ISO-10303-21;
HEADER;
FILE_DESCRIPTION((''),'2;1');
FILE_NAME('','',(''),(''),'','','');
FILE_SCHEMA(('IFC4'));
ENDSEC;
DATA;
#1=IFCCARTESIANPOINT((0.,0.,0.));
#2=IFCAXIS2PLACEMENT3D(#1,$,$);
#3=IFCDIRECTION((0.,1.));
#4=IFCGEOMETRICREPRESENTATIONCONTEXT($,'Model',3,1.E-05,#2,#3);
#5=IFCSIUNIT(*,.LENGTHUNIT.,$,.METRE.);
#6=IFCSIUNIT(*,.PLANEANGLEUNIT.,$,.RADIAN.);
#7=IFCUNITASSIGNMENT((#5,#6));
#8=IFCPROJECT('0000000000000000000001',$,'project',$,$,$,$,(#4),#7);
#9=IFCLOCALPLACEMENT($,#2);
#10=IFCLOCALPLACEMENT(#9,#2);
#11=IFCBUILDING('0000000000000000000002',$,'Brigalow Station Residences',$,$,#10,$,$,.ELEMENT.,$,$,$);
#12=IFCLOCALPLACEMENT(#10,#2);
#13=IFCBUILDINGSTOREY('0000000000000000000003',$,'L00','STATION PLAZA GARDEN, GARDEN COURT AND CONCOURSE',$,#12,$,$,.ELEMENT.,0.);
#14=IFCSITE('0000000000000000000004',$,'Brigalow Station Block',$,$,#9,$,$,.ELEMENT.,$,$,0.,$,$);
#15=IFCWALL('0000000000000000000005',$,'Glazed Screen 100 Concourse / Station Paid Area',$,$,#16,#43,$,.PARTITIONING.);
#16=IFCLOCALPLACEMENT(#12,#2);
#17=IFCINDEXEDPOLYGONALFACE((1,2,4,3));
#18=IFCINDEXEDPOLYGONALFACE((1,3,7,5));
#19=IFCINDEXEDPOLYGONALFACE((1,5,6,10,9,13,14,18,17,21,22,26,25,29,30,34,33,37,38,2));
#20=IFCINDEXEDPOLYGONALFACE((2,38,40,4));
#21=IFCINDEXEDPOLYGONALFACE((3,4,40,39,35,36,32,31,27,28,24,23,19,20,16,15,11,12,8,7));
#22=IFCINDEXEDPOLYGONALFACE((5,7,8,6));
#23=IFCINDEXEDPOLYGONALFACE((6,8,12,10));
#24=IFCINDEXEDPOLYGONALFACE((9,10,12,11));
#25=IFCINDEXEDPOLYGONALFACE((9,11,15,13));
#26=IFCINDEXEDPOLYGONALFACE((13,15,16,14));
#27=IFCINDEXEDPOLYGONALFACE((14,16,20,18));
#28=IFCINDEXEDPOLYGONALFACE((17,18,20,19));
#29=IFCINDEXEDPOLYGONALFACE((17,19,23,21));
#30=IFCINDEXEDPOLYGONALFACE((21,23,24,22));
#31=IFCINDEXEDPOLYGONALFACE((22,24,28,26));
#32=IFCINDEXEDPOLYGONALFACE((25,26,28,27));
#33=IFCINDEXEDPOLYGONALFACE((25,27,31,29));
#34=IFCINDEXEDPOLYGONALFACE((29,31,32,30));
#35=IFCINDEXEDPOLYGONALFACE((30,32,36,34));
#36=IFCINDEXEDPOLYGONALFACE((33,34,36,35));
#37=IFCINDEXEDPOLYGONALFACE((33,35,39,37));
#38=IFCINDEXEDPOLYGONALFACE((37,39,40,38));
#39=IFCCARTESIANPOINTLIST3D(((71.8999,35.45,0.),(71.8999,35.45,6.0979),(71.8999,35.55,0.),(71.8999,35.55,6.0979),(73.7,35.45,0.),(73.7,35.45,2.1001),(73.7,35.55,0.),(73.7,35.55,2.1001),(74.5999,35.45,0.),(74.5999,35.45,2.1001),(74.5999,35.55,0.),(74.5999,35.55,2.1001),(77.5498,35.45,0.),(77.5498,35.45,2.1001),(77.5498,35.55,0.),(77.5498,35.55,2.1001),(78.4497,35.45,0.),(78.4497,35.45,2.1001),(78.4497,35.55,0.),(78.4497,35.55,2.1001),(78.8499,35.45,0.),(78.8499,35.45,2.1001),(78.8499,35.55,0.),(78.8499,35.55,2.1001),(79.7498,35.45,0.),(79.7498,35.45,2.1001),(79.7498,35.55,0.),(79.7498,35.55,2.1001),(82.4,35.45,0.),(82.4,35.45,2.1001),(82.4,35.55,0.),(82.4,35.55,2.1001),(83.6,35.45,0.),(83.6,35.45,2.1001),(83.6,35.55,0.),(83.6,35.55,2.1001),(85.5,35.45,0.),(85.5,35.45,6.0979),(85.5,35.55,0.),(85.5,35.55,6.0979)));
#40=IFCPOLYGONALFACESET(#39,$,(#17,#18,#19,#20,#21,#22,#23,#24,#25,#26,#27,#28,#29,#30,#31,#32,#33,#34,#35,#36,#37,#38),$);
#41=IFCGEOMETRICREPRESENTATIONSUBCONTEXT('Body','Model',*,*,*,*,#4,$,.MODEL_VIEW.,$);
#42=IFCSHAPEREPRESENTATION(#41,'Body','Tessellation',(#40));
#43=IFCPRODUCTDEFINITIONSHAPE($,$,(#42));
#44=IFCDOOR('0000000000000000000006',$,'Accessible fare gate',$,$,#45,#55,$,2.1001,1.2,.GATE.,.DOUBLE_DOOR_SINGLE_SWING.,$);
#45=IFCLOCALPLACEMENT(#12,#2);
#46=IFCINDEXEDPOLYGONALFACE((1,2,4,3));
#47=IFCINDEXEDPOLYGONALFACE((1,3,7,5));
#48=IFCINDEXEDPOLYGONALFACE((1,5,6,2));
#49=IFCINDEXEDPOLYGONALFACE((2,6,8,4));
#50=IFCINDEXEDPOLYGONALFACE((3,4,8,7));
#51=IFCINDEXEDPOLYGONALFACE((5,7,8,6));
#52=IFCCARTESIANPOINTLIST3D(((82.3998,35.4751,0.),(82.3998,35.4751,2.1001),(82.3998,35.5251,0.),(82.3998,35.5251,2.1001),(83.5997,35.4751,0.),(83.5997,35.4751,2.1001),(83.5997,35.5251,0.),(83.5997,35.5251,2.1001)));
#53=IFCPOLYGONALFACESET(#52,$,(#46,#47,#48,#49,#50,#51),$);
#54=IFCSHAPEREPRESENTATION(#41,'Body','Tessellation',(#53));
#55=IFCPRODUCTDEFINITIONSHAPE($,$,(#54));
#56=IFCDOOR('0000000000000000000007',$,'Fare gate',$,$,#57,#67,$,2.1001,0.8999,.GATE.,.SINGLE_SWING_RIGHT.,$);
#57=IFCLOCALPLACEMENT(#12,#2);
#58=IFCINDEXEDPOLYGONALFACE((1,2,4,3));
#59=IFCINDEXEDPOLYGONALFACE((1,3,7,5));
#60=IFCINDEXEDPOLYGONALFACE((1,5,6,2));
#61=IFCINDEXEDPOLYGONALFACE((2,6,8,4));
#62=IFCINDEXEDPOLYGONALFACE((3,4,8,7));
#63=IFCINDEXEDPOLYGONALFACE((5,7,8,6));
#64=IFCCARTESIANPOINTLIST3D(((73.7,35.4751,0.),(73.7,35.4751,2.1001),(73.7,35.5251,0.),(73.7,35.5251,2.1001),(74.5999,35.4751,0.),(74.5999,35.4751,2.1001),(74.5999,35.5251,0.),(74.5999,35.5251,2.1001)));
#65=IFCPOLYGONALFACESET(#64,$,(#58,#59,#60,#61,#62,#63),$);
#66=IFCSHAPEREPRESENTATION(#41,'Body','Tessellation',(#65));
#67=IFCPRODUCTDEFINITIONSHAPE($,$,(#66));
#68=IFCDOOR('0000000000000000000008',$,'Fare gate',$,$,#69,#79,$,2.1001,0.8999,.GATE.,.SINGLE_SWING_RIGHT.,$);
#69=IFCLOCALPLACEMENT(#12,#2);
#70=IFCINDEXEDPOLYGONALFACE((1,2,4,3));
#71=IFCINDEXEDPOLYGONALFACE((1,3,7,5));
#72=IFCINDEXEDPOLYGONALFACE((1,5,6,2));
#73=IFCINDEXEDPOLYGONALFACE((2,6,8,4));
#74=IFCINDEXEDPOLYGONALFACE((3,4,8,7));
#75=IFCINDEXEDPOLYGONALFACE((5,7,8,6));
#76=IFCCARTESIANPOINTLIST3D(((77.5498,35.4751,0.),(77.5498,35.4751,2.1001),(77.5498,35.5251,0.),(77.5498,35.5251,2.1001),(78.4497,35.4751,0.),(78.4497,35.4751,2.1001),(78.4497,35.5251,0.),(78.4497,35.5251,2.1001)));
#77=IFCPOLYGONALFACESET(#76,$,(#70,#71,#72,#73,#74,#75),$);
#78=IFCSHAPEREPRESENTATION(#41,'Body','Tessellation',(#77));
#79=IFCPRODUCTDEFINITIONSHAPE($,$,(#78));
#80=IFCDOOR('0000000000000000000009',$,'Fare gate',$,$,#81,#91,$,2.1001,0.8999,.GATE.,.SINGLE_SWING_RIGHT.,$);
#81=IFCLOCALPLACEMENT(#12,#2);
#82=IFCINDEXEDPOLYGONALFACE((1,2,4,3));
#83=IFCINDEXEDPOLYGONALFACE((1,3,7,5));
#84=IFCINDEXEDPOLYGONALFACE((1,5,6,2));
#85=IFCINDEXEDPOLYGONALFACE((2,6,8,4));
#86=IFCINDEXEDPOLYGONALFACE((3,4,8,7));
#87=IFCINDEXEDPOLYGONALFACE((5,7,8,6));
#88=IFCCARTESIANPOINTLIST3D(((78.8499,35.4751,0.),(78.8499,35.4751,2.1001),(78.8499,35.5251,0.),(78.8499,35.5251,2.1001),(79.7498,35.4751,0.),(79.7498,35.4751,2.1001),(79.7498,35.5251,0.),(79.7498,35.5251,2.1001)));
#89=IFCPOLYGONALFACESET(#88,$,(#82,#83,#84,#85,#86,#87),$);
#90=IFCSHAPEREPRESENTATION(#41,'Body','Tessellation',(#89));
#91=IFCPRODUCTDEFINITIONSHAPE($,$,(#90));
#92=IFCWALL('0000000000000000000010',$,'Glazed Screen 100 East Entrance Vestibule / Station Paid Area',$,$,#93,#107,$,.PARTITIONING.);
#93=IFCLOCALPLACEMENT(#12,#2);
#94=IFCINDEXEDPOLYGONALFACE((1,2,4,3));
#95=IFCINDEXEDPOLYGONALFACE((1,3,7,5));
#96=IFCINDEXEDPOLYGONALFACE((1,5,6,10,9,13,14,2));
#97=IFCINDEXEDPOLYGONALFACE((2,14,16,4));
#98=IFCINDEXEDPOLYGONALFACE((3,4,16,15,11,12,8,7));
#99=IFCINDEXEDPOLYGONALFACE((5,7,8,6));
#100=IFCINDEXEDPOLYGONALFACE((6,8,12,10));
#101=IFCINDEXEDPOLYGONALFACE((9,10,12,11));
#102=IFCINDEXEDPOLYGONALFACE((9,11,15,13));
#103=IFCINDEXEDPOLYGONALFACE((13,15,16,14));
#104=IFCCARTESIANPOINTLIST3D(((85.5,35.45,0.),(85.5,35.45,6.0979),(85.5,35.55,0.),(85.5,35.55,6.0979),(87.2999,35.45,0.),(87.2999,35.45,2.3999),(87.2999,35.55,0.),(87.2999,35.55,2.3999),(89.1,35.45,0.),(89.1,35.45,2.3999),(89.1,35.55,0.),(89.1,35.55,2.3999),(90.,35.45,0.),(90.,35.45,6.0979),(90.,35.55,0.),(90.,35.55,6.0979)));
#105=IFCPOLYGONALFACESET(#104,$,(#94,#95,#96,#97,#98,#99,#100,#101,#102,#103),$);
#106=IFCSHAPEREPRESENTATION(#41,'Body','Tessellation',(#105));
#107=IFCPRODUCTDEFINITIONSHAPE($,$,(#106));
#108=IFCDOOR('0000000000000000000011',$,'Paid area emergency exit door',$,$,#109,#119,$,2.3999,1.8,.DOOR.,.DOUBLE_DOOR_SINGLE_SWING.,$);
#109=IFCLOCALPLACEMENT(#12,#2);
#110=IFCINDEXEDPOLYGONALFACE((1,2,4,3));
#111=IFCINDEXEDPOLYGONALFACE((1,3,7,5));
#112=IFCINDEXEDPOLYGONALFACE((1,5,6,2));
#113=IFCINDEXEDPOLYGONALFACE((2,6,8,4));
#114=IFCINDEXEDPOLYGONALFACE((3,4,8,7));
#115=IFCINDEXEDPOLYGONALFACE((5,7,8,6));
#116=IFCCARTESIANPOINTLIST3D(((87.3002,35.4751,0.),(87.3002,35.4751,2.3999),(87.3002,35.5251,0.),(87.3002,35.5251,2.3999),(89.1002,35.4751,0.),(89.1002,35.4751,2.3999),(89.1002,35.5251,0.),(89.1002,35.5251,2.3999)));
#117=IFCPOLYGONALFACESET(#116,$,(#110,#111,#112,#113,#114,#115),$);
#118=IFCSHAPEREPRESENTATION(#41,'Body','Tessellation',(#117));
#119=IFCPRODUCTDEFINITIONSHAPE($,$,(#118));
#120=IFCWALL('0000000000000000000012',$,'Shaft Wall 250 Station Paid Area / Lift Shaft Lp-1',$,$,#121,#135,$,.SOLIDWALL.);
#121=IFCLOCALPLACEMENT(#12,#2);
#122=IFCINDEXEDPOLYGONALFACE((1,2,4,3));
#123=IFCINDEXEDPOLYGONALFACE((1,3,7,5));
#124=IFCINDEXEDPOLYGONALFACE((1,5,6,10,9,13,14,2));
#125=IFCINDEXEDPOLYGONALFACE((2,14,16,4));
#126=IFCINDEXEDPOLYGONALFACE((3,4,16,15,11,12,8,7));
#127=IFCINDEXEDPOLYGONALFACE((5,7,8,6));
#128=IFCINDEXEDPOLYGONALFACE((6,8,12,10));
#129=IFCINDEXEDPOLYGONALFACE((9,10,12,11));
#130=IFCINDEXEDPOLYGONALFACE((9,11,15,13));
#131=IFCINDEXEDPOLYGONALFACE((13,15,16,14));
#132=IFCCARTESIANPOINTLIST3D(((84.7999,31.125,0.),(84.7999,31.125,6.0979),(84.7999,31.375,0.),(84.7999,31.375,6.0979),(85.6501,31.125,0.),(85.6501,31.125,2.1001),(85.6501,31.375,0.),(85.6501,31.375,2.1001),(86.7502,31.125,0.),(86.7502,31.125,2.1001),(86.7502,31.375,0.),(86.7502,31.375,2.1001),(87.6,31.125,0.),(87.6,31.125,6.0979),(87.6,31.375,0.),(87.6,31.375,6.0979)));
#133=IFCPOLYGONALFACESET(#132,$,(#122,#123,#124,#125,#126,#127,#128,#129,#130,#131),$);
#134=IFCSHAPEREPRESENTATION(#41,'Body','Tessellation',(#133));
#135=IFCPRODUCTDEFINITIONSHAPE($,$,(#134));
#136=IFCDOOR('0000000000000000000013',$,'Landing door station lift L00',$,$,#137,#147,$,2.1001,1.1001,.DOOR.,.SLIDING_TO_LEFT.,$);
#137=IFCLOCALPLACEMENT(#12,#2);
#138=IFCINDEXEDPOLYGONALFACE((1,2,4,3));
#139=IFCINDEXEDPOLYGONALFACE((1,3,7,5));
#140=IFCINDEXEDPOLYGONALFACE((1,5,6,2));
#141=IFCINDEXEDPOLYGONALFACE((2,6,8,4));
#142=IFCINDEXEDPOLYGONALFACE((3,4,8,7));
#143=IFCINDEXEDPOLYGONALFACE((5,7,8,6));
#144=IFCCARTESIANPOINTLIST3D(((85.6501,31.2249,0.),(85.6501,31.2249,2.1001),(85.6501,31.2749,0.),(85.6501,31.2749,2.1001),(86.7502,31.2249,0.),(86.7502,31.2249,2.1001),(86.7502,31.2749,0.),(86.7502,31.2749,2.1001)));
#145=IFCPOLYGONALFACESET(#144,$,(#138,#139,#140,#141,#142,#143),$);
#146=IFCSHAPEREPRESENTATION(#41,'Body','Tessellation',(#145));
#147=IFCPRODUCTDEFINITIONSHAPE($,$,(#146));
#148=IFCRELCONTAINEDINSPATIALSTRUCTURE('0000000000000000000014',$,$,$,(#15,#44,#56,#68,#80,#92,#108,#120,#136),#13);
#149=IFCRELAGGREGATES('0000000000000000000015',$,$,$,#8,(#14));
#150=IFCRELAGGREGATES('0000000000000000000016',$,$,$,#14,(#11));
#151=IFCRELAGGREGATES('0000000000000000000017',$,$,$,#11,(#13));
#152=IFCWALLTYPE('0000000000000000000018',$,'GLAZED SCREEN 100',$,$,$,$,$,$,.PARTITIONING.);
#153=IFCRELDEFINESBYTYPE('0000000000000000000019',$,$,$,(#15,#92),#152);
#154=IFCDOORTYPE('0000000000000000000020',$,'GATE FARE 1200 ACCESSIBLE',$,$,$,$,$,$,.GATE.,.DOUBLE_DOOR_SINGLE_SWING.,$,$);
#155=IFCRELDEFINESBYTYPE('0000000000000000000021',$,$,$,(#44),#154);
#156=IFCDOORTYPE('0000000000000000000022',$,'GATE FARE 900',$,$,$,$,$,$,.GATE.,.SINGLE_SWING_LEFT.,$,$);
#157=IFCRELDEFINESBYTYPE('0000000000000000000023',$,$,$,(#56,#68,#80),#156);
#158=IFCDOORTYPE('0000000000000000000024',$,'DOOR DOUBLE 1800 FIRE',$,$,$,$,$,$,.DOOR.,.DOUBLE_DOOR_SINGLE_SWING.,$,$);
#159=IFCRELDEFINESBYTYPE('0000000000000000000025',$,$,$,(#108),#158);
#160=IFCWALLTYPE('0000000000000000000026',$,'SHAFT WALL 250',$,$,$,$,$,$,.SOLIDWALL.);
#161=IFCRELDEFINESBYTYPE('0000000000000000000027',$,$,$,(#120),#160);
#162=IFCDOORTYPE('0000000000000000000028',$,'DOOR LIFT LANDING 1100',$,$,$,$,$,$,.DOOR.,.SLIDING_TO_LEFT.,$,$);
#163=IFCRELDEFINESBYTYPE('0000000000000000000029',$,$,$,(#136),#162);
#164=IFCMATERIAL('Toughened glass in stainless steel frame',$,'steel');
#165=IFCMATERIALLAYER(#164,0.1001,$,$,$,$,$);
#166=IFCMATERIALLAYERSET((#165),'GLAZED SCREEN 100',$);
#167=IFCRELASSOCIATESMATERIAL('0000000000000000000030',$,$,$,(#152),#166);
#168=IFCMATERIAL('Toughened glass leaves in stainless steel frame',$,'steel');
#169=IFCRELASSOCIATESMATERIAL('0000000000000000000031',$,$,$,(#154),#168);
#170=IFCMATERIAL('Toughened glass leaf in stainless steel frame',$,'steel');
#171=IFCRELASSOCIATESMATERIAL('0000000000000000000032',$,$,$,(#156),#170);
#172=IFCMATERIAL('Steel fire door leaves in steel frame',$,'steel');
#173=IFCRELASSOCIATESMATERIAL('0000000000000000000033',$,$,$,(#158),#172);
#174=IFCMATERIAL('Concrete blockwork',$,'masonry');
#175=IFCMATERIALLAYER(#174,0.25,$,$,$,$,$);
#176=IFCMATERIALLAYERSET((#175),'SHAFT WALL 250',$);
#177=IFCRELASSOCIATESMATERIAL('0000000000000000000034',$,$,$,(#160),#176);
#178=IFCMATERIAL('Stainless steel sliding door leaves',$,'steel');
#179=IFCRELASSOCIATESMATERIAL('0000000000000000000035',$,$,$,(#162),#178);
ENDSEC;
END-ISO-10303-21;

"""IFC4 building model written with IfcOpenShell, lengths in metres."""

from ifc_helpers import new_model, si_unit, direction, frame, frame_2d, origin, place, context, subcontext, project, spatial, rectangle, extrude, material, layer, layer_set, type_object, element, fill, save


model = new_model("IFC4")

# Units and contexts
model_context = context("Model", 3, precision=1e-05, world=origin(), true_north=direction((0.0, 1.0)))
body_context = subcontext(model_context, "Body", "Model", "MODEL_VIEW")
ifc_project = project(units=[si_unit("LENGTHUNIT", "METRE"), si_unit("PLANEANGLEUNIT", "RADIAN")], contexts=[model_context])

# Site, building, storey
site_placement = place(None, origin())
site = spatial("IfcSite", under=ifc_project, at=site_placement, Name="Brigalow Station Block", CompositionType="ELEMENT", RefElevation=0.0)
building_placement = place(site_placement, origin())
building = spatial("IfcBuilding", under=site, at=building_placement, Name="Brigalow Station Residences", CompositionType="ELEMENT")
storey_placement = place(building_placement, origin())
storey = spatial("IfcBuildingStorey", under=building, at=storey_placement, Name="L00", Description="STATION PLAZA GARDEN, GARDEN COURT AND CONCOURSE", CompositionType="ELEMENT", Elevation=0.0)

# Wall, openings, doors
ifc_material_1 = material(Name="Toughened glass in stainless steel frame", Category="steel")
ifc_layer_1 = layer(ifc_material_1, 0.1001)
ifc_layer_set_1 = layer_set([ifc_layer_1], Name="GLAZED SCREEN 100")
wall_type_1 = type_object("IfcWallType", Name="GLAZED SCREEN 100", PredefinedType="PARTITIONING", material=ifc_layer_set_1)
wall_1_placement = place(storey_placement, frame((71.8999, 35.5, 0.0), z_axis=(0.0, 0.0, 1.0), x_axis=(1.0, 0.0, 0.0)))
wall_1 = element("IfcWall", 1, at=wall_1_placement, inside=storey, type_object=wall_type_1, Name="Glazed Screen 100 Concourse / Station Paid Area", PredefinedType="PARTITIONING", context=body_context, shape_type="SweptSolid", body=[
    extrude(rectangle(XDim=13.6001, YDim=0.1001, at=frame_2d((6.8, 0.0))), origin(), (0.0, 0.0, 1.0), 6.0979),
])
opening_1_placement = place(wall_1_placement, frame((10.5, 0.0, 0.0)))
opening_1 = element("IfcOpeningElement", 2, at=opening_1_placement, cuts=wall_1, PredefinedType="OPENING", context=body_context, shape_type="SweptSolid", body=[
    extrude(rectangle(XDim=1.2, YDim=2.1001, at=frame_2d((0.6001, 1.05))), frame((0.0, 0.0601, 0.0), z_axis=(0.0, -1.0, 0.0), x_axis=(1.0, 0.0, 0.0)), (0.0, 0.0, 1.0), 0.1201),
])
opening_2_placement = place(wall_1_placement, frame((1.8, 0.0, 0.0)))
opening_2 = element("IfcOpeningElement", 3, at=opening_2_placement, cuts=wall_1, PredefinedType="OPENING", context=body_context, shape_type="SweptSolid", body=[
    extrude(rectangle(XDim=0.8999, YDim=2.1001, at=frame_2d((0.45, 1.05))), frame((0.0, 0.0601, 0.0), z_axis=(0.0, -1.0, 0.0), x_axis=(1.0, 0.0, 0.0)), (0.0, 0.0, 1.0), 0.1201),
])
opening_3_placement = place(wall_1_placement, frame((5.6499, 0.0, 0.0)))
opening_3 = element("IfcOpeningElement", 4, at=opening_3_placement, cuts=wall_1, PredefinedType="OPENING", context=body_context, shape_type="SweptSolid", body=[
    extrude(rectangle(XDim=0.8999, YDim=2.1001, at=frame_2d((0.45, 1.05))), frame((0.0, 0.0601, 0.0), z_axis=(0.0, -1.0, 0.0), x_axis=(1.0, 0.0, 0.0)), (0.0, 0.0, 1.0), 0.1201),
])
opening_4_placement = place(wall_1_placement, frame((6.95, 0.0, 0.0)))
opening_4 = element("IfcOpeningElement", 5, at=opening_4_placement, cuts=wall_1, PredefinedType="OPENING", context=body_context, shape_type="SweptSolid", body=[
    extrude(rectangle(XDim=0.8999, YDim=2.1001, at=frame_2d((0.45, 1.05))), frame((0.0, 0.0601, 0.0), z_axis=(0.0, -1.0, 0.0), x_axis=(1.0, 0.0, 0.0)), (0.0, 0.0, 1.0), 0.1201),
])
ifc_material_2 = material(Name="Toughened glass leaves in stainless steel frame", Category="steel")
door_type_1 = type_object("IfcDoorType", Name="GATE FARE 1200 ACCESSIBLE", OperationType="DOUBLE_DOOR_SINGLE_SWING", PredefinedType="GATE", material=ifc_material_2)
door_1_placement = place(opening_1_placement, frame((1.2, 0.0, 0.0), z_axis=(0.0, 0.0, 1.0), x_axis=(-1.0, 0.0, 0.0)))
door_1 = element("IfcDoor", 6, at=door_1_placement, inside=storey, type_object=door_type_1, Name="Accessible fare gate", OperationType="DOUBLE_DOOR_SINGLE_SWING", OverallHeight=2.1001, OverallWidth=1.2, PredefinedType="GATE", context=body_context, shape_type="SweptSolid", body=[
    extrude(rectangle(XDim=1.2, YDim=2.1001, at=frame_2d((0.6001, 1.05))), frame((0.0, 0.0249, 0.0), z_axis=(0.0, -1.0, 0.0), x_axis=(1.0, 0.0, 0.0)), (0.0, 0.0, 1.0), 0.05),
])
fill(opening_1, door_1)
ifc_material_3 = material(Name="Toughened glass leaf in stainless steel frame", Category="steel")
door_type_2 = type_object("IfcDoorType", Name="GATE FARE 900", OperationType="SINGLE_SWING_LEFT", PredefinedType="GATE", material=ifc_material_3)
door_2_placement = place(opening_2_placement, frame((0.8999, 0.0, 0.0), z_axis=(0.0, 0.0, 1.0), x_axis=(-1.0, 0.0, 0.0)))
door_2 = element("IfcDoor", 7, at=door_2_placement, inside=storey, type_object=door_type_2, Name="Fare gate", OperationType="SINGLE_SWING_RIGHT", OverallHeight=2.1001, OverallWidth=0.8999, PredefinedType="GATE", context=body_context, shape_type="SweptSolid", body=[
    extrude(rectangle(XDim=0.8999, YDim=2.1001, at=frame_2d((0.45, 1.05))), frame((0.0, 0.0249, 0.0), z_axis=(0.0, -1.0, 0.0), x_axis=(1.0, 0.0, 0.0)), (0.0, 0.0, 1.0), 0.05),
])
fill(opening_2, door_2)
door_3_placement = place(opening_3_placement, frame((0.8999, 0.0, 0.0), z_axis=(0.0, 0.0, 1.0), x_axis=(-1.0, 0.0, 0.0)))
door_3 = element("IfcDoor", 8, at=door_3_placement, inside=storey, type_object=door_type_2, Name="Fare gate", OperationType="SINGLE_SWING_RIGHT", OverallHeight=2.1001, OverallWidth=0.8999, PredefinedType="GATE", context=body_context, shape_type="SweptSolid", body=[
    extrude(rectangle(XDim=0.8999, YDim=2.1001, at=frame_2d((0.45, 1.05))), frame((0.0, 0.0249, 0.0), z_axis=(0.0, -1.0, 0.0), x_axis=(1.0, 0.0, 0.0)), (0.0, 0.0, 1.0), 0.05),
])
fill(opening_3, door_3)
door_4_placement = place(opening_4_placement, frame((0.8999, 0.0, 0.0), z_axis=(0.0, 0.0, 1.0), x_axis=(-1.0, 0.0, 0.0)))
door_4 = element("IfcDoor", 9, at=door_4_placement, inside=storey, type_object=door_type_2, Name="Fare gate", OperationType="SINGLE_SWING_RIGHT", OverallHeight=2.1001, OverallWidth=0.8999, PredefinedType="GATE", context=body_context, shape_type="SweptSolid", body=[
    extrude(rectangle(XDim=0.8999, YDim=2.1001, at=frame_2d((0.45, 1.05))), frame((0.0, 0.0249, 0.0), z_axis=(0.0, -1.0, 0.0), x_axis=(1.0, 0.0, 0.0)), (0.0, 0.0, 1.0), 0.05),
])
fill(opening_4, door_4)

# Walls, openings, doors
wall_2_placement = place(storey_placement, frame((85.5, 35.5, 0.0), z_axis=(0.0, 0.0, 1.0), x_axis=(1.0, 0.0, 0.0)))
wall_2 = element("IfcWall", 10, at=wall_2_placement, inside=storey, type_object=wall_type_1, Name="Glazed Screen 100 East Entrance Vestibule / Station Paid Area", PredefinedType="PARTITIONING", context=body_context, shape_type="SweptSolid", body=[
    extrude(rectangle(XDim=4.5, YDim=0.1001, at=frame_2d((2.25, 0.0))), origin(), (0.0, 0.0, 1.0), 6.0979),
])
opening_5_placement = place(wall_2_placement, frame((1.8, 0.0, 0.0)))
opening_5 = element("IfcOpeningElement", 11, at=opening_5_placement, cuts=wall_2, PredefinedType="OPENING", context=body_context, shape_type="SweptSolid", body=[
    extrude(rectangle(XDim=1.8, YDim=2.3999, at=frame_2d((0.8999, 1.2))), frame((0.0, 0.0601, 0.0), z_axis=(0.0, -1.0, 0.0), x_axis=(1.0, 0.0, 0.0)), (0.0, 0.0, 1.0), 0.1201),
])
ifc_material_4 = material(Name="Steel fire door leaves in steel frame", Category="steel")
door_type_3 = type_object("IfcDoorType", Name="DOOR DOUBLE 1800 FIRE", OperationType="DOUBLE_DOOR_SINGLE_SWING", PredefinedType="DOOR", material=ifc_material_4)
door_5_placement = place(opening_5_placement, frame((1.8, 0.0, 0.0), z_axis=(0.0, 0.0, 1.0), x_axis=(-1.0, 0.0, 0.0)))
door_5 = element("IfcDoor", 12, at=door_5_placement, inside=storey, type_object=door_type_3, Name="Paid area emergency exit door", OperationType="DOUBLE_DOOR_SINGLE_SWING", OverallHeight=2.3999, OverallWidth=1.8, PredefinedType="DOOR", context=body_context, shape_type="SweptSolid", body=[
    extrude(rectangle(XDim=1.8, YDim=2.3999, at=frame_2d((0.8999, 1.2))), frame((0.0, 0.0249, 0.0), z_axis=(0.0, -1.0, 0.0), x_axis=(1.0, 0.0, 0.0)), (0.0, 0.0, 1.0), 0.05),
])
fill(opening_5, door_5)
ifc_material_5 = material(Name="Concrete blockwork", Category="masonry")
ifc_layer_2 = layer(ifc_material_5, 0.25)
ifc_layer_set_2 = layer_set([ifc_layer_2], Name="SHAFT WALL 250")
wall_type_2 = type_object("IfcWallType", Name="SHAFT WALL 250", PredefinedType="SOLIDWALL", material=ifc_layer_set_2)
wall_3_placement = place(storey_placement, frame((84.8, 31.25, 0.0), z_axis=(0.0, 0.0, 1.0), x_axis=(1.0, 0.0, 0.0)))
wall_3 = element("IfcWall", 13, at=wall_3_placement, inside=storey, type_object=wall_type_2, Name="Shaft Wall 250 Station Paid Area / Lift Shaft Lp-1", PredefinedType="SOLIDWALL", context=body_context, shape_type="SweptSolid", body=[
    extrude(rectangle(XDim=2.8, YDim=0.25, at=frame_2d((1.3999, 0.0))), origin(), (0.0, 0.0, 1.0), 6.0979),
])
opening_6_placement = place(wall_3_placement, frame((0.8501, 0.0, 0.0)))
opening_6 = element("IfcOpeningElement", 14, at=opening_6_placement, cuts=wall_3, PredefinedType="OPENING", context=body_context, shape_type="SweptSolid", body=[
    extrude(rectangle(XDim=1.1001, YDim=2.1001, at=frame_2d((0.55, 1.05))), frame((0.0, 0.135, 0.0), z_axis=(0.0, -1.0, 0.0), x_axis=(1.0, 0.0, 0.0)), (0.0, 0.0, 1.0), 0.27),
])
ifc_material_6 = material(Name="Stainless steel sliding door leaves", Category="steel")
door_type_4 = type_object("IfcDoorType", Name="DOOR LIFT LANDING 1100", OperationType="SLIDING_TO_LEFT", PredefinedType="DOOR", material=ifc_material_6)
door_6_placement = place(opening_6_placement, origin())
door_6 = element("IfcDoor", 15, at=door_6_placement, inside=storey, type_object=door_type_4, Name="Landing door station lift L00", OperationType="SLIDING_TO_LEFT", OverallHeight=2.1001, OverallWidth=1.1001, PredefinedType="DOOR", context=body_context, shape_type="SweptSolid", body=[
    extrude(rectangle(XDim=1.1001, YDim=2.1001, at=frame_2d((0.55, 1.05))), frame((0.0, 0.0249, 0.0), z_axis=(0.0, -1.0, 0.0), x_axis=(1.0, 0.0, 0.0)), (0.0, 0.0, 1.0), 0.05),
])
fill(opening_6, door_6)

save(model, "model.ifc")
